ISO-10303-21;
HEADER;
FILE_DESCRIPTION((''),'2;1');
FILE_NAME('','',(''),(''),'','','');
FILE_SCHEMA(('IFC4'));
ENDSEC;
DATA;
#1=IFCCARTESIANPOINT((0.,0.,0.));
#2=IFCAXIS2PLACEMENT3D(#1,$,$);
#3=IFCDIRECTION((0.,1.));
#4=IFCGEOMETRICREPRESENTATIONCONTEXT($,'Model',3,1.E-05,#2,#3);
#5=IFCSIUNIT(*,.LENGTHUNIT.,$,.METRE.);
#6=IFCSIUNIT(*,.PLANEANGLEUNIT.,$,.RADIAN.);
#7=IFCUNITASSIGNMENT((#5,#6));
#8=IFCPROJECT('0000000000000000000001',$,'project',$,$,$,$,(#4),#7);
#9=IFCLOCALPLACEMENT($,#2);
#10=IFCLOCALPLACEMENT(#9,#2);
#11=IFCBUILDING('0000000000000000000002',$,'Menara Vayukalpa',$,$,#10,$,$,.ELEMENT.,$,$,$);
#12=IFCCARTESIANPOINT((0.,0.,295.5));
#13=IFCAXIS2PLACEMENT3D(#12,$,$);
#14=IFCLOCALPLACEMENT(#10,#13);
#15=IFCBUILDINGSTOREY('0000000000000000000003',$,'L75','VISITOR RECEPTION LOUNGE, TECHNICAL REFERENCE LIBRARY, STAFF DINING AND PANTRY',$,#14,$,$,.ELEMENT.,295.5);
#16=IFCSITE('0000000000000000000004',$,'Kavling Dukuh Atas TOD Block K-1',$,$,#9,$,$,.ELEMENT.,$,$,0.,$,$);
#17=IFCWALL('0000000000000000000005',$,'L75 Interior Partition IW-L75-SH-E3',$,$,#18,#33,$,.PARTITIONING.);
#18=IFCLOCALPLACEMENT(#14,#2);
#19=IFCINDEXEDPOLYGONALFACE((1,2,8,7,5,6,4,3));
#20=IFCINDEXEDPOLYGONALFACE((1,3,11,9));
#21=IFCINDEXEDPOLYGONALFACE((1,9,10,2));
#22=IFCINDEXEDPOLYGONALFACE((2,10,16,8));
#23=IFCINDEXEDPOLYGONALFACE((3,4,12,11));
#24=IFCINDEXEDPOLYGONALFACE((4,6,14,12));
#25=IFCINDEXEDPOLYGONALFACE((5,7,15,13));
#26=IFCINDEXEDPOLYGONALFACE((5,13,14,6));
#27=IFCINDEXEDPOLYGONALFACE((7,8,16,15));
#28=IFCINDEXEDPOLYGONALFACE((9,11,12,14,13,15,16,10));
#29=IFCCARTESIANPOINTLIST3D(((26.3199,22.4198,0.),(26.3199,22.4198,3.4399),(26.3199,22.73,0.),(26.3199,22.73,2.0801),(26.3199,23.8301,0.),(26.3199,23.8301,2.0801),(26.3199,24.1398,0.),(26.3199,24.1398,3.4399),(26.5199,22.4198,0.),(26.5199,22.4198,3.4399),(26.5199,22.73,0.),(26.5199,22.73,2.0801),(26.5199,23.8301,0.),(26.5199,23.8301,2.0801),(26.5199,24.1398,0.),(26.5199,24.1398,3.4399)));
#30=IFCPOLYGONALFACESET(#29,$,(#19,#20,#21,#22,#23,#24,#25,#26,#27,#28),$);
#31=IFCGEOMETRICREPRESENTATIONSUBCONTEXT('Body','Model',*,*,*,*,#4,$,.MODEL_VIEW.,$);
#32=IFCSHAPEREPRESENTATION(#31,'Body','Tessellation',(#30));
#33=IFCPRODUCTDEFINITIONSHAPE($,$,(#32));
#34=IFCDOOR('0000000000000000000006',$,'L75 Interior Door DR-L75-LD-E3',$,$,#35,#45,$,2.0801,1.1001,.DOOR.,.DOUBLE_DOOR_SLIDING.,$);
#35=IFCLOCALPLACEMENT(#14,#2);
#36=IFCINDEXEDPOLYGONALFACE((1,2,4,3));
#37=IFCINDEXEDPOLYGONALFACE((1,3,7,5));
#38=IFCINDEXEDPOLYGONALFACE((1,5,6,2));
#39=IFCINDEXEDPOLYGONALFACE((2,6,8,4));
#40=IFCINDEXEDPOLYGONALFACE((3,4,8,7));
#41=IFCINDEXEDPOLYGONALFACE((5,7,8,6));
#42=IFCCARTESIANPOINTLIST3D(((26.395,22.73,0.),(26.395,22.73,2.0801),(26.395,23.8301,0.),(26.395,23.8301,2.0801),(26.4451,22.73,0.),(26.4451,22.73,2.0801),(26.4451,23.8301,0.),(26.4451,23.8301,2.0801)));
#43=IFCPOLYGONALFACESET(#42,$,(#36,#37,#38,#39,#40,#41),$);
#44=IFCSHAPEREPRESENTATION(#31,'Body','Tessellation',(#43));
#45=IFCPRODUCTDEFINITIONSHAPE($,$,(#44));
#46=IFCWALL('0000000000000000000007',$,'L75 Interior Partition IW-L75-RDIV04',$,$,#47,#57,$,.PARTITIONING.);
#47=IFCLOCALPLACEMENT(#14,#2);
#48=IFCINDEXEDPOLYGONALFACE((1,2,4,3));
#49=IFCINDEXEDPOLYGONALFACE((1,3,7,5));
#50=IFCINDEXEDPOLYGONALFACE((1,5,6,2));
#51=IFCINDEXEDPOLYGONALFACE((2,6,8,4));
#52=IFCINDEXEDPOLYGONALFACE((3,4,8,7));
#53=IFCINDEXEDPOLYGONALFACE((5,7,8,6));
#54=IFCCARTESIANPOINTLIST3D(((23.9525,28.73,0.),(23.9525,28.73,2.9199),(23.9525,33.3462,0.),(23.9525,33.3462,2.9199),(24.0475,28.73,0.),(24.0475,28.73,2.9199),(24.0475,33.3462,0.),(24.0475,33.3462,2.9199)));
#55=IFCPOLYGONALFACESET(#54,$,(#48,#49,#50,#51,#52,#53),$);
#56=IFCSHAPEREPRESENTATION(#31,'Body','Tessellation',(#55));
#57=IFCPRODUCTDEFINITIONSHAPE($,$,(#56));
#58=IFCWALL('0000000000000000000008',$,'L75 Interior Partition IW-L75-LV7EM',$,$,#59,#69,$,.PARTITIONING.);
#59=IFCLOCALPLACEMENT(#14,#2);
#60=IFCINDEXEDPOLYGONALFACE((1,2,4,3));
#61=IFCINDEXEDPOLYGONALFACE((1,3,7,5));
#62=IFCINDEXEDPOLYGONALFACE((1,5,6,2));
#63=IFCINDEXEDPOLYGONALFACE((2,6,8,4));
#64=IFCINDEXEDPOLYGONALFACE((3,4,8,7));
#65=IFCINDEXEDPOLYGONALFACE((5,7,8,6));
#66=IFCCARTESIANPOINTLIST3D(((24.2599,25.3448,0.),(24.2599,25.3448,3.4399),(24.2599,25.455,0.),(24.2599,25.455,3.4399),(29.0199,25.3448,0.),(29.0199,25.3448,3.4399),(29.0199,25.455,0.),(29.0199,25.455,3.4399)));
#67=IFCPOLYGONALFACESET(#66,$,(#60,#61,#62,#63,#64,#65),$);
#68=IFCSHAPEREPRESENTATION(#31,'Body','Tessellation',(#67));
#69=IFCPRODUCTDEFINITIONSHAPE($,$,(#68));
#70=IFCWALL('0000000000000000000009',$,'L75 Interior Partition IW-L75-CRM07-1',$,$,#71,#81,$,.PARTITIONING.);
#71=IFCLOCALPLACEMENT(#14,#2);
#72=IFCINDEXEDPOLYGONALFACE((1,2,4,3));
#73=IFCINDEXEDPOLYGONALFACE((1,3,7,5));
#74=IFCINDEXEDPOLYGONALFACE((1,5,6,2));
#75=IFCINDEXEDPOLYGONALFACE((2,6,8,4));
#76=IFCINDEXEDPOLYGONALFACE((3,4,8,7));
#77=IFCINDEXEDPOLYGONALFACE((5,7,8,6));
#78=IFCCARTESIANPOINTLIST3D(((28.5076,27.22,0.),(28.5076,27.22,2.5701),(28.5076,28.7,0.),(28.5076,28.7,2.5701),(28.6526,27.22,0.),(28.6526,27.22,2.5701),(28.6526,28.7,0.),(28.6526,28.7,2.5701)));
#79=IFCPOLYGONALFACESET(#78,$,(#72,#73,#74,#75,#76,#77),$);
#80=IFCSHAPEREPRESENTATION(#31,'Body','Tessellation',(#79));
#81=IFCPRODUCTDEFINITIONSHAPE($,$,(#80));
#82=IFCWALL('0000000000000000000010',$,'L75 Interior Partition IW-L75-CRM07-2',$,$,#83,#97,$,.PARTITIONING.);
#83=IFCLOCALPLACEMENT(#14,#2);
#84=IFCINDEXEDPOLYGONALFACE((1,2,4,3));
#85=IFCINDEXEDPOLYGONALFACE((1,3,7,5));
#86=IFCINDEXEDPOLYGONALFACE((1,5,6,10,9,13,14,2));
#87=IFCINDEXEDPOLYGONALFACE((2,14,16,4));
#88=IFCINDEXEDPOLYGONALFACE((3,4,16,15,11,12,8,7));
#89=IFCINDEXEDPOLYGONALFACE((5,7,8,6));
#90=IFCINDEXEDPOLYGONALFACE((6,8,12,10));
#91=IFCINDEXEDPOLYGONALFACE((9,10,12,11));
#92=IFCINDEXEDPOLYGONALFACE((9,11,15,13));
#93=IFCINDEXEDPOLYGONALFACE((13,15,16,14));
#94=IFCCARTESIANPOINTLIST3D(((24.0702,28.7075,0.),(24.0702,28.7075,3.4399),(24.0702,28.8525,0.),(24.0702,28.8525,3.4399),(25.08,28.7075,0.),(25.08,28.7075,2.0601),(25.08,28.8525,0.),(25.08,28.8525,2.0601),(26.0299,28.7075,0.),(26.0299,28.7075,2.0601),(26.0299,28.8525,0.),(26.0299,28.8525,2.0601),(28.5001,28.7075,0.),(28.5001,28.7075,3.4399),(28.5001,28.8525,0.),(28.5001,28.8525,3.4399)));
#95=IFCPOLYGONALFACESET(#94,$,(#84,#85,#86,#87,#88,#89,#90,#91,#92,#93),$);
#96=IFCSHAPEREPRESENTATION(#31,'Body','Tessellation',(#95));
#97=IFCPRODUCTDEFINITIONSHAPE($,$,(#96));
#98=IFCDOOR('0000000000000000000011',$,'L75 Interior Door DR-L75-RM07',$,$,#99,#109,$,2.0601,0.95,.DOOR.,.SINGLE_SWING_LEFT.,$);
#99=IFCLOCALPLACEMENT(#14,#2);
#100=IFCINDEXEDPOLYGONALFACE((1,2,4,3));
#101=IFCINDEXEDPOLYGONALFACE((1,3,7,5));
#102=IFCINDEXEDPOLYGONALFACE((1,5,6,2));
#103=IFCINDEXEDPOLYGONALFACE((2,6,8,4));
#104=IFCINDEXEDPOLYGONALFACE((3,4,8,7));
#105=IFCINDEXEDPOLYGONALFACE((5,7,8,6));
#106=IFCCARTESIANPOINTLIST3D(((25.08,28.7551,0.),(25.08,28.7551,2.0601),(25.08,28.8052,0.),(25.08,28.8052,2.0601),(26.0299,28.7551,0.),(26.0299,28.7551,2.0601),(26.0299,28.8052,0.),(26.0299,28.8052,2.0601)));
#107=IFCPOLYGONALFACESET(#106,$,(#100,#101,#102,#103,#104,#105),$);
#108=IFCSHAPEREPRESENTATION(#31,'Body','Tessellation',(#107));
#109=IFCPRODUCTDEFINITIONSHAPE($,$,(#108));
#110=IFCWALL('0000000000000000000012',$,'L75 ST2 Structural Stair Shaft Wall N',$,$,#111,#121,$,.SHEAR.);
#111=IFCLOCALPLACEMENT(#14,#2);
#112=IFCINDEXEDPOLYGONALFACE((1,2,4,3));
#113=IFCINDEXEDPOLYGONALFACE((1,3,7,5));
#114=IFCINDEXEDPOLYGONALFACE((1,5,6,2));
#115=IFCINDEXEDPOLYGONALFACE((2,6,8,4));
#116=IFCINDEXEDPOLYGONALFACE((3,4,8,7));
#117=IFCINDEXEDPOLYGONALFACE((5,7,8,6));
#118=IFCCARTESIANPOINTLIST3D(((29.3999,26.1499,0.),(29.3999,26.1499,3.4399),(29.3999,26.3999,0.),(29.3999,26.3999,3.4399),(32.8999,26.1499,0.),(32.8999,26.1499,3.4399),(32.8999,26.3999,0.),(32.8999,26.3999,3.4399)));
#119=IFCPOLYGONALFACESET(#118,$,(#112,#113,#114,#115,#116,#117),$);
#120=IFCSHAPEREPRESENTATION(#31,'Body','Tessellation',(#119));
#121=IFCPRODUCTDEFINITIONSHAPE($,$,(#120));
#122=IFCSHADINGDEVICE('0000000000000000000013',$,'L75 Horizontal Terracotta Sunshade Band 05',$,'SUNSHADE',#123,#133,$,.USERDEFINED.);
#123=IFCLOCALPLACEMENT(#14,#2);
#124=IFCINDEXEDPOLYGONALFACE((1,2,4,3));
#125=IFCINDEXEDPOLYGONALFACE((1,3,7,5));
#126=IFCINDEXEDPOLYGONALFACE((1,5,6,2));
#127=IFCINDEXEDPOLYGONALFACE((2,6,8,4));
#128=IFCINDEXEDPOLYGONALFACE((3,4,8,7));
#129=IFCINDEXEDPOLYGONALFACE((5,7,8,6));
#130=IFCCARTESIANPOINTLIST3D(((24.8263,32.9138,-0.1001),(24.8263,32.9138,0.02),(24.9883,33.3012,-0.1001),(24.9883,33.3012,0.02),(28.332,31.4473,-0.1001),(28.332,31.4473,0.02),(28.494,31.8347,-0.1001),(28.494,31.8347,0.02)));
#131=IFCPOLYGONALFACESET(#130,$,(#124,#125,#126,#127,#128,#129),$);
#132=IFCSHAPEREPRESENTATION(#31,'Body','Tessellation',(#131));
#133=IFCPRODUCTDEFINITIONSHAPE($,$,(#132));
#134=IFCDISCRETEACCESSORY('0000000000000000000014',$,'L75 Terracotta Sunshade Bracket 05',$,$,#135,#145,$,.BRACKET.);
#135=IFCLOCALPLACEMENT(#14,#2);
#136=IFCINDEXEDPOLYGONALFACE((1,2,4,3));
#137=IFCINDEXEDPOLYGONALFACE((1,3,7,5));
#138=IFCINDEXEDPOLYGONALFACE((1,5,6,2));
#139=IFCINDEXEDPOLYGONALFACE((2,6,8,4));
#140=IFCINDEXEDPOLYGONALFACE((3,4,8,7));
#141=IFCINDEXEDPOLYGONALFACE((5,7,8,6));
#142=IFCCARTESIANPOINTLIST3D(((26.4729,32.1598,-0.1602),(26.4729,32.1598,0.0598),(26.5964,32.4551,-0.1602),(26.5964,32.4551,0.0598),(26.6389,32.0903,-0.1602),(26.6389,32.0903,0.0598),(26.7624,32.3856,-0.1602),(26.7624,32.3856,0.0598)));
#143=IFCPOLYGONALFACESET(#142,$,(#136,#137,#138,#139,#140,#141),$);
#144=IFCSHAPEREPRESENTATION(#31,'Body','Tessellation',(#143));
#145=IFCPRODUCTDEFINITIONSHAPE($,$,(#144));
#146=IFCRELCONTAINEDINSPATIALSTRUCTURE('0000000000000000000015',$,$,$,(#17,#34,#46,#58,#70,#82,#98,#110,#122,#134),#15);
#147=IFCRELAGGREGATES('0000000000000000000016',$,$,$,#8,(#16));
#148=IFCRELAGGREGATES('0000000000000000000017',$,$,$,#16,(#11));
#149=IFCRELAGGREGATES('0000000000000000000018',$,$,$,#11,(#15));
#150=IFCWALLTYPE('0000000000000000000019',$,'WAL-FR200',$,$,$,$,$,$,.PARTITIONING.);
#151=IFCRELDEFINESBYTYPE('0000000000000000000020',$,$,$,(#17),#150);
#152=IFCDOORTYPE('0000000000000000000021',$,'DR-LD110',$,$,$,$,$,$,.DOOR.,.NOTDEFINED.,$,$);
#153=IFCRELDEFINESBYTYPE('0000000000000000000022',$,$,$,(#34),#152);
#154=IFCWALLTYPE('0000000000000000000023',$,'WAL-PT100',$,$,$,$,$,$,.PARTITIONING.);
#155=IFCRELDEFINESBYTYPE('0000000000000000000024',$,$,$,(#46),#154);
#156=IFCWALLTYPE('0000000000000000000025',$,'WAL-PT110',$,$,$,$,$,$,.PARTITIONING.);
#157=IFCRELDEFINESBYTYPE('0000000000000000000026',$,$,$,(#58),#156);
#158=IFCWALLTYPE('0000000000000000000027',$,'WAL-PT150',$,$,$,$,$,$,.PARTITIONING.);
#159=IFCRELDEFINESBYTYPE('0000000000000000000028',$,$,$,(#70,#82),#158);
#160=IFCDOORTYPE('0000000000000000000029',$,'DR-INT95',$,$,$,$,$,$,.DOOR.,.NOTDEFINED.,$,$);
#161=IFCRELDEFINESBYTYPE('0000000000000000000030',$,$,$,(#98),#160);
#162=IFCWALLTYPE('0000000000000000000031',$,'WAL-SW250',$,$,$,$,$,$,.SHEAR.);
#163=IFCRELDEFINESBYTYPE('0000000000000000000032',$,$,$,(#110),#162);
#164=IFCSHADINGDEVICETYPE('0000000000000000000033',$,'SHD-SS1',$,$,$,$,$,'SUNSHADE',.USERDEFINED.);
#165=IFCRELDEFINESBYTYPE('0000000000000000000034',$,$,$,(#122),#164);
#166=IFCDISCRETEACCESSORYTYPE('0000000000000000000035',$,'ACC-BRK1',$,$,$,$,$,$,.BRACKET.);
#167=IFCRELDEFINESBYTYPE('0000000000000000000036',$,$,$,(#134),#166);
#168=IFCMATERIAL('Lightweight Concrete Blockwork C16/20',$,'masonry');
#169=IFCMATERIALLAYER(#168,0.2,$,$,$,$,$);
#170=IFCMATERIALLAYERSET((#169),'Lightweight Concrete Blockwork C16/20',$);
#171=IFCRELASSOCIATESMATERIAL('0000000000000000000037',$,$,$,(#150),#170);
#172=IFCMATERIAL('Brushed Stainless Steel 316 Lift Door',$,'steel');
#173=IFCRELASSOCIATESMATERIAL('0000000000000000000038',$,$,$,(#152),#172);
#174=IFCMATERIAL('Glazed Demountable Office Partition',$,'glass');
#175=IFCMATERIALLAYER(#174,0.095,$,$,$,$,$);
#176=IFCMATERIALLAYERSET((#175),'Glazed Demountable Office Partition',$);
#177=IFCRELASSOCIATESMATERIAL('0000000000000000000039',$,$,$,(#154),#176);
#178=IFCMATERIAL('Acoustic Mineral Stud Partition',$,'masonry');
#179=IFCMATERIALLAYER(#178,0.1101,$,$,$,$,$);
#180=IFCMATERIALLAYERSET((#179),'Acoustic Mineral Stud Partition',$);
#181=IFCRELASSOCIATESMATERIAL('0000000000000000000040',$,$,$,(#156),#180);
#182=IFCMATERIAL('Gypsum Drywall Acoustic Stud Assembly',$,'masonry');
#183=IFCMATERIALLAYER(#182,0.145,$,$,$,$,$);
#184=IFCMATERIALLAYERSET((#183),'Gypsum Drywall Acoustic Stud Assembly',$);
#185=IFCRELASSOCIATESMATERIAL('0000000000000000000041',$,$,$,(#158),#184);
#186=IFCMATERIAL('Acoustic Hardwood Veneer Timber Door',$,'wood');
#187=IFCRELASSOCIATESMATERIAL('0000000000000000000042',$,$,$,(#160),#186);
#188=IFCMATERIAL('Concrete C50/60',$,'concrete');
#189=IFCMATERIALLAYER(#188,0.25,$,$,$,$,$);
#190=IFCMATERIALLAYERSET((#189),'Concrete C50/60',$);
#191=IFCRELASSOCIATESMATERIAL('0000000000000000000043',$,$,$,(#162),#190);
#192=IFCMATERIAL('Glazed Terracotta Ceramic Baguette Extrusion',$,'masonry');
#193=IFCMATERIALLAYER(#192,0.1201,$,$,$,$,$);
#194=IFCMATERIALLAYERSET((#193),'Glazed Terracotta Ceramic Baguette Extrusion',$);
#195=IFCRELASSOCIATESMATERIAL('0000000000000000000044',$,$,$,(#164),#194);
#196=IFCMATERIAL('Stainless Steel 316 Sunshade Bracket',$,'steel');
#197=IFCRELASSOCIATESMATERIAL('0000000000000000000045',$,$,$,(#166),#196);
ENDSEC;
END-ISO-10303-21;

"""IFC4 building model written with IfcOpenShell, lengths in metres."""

from ifc_helpers import new_model, si_unit, direction, frame, frame_2d, origin, origin_2d, place, context, subcontext, project, spatial, rectangle, extrude, material, layer, layer_set, type_object, element, fill, save


model = new_model("IFC4")

# Units and contexts
model_context = context("Model", 3, precision=1e-05, world=origin(), true_north=direction((0.0, 1.0)))
body_context = subcontext(model_context, "Body", "Model", "MODEL_VIEW")
ifc_project = project(units=[si_unit("LENGTHUNIT", "METRE"), si_unit("PLANEANGLEUNIT", "RADIAN")], contexts=[model_context])

# Site, building, storey
site_placement = place(None, origin())
site = spatial("IfcSite", under=ifc_project, at=site_placement, Name="Kavling Dukuh Atas TOD Block K-1", CompositionType="ELEMENT", RefElevation=0.0)
building_placement = place(site_placement, origin())
building = spatial("IfcBuilding", under=site, at=building_placement, Name="Menara Vayukalpa", CompositionType="ELEMENT")
storey_placement = place(building_placement, frame((0.0, 0.0, 295.5)))
storey = spatial("IfcBuildingStorey", under=building, at=storey_placement, Name="L75", Description="VISITOR RECEPTION LOUNGE, TECHNICAL REFERENCE LIBRARY, STAFF DINING AND PANTRY", CompositionType="ELEMENT", Elevation=295.5)

# Wall, opening, door
ifc_material_1 = material(Name="Lightweight Concrete Blockwork C16/20", Category="masonry")
ifc_layer_1 = layer(ifc_material_1, 0.2)
ifc_layer_set_1 = layer_set([ifc_layer_1], Name="Lightweight Concrete Blockwork C16/20")
wall_type_1 = type_object("IfcWallType", Name="WAL-FR200", PredefinedType="PARTITIONING", material=ifc_layer_set_1)
wall_1_placement = place(storey_placement, frame((26.4199, 22.4199, 0.0), z_axis=(0.0, 0.0, 1.0), x_axis=(0.0, 1.0, 0.0)))
wall_1 = element("IfcWall", 1, at=wall_1_placement, inside=storey, type_object=wall_type_1, Name="L75 Interior Partition IW-L75-SH-E3", PredefinedType="PARTITIONING", context=body_context, shape_type="SweptSolid", body=[
    extrude(rectangle(XDim=1.72, YDim=0.2, at=frame_2d((0.8599, 0.0))), origin(), (0.0, 0.0, 1.0), 3.4399),
])
opening_1_placement = place(wall_1_placement, frame((0.3101, 0.0, 0.0)))
opening_1 = element("IfcOpeningElement", 2, at=opening_1_placement, cuts=wall_1, PredefinedType="OPENING", context=body_context, shape_type="SweptSolid", body=[
    extrude(rectangle(XDim=1.1001, YDim=2.0801, at=frame_2d((0.55, 1.04))), frame((0.0, 0.1099, 0.0), z_axis=(0.0, -1.0, 0.0), x_axis=(1.0, 0.0, 0.0)), (0.0, 0.0, 1.0), 0.22),
])
ifc_material_2 = material(Name="Brushed Stainless Steel 316 Lift Door", Category="steel")
door_type_1 = type_object("IfcDoorType", Name="DR-LD110", OperationType="NOTDEFINED", PredefinedType="DOOR", material=ifc_material_2)
door_1_placement = place(opening_1_placement, origin())
door_1 = element("IfcDoor", 3, at=door_1_placement, inside=storey, type_object=door_type_1, Name="L75 Interior Door DR-L75-LD-E3", OperationType="DOUBLE_DOOR_SLIDING", OverallHeight=2.0801, OverallWidth=1.1001, PredefinedType="DOOR", context=body_context, shape_type="SweptSolid", body=[
    extrude(rectangle(XDim=1.1001, YDim=2.0801, at=frame_2d((0.55, 1.04))), frame((0.0, 0.0249, 0.0), z_axis=(0.0, -1.0, 0.0), x_axis=(1.0, 0.0, 0.0)), (0.0, 0.0, 1.0), 0.05),
])
fill(opening_1, door_1)

# Walls
ifc_material_3 = material(Name="Glazed Demountable Office Partition", Category="glass")
ifc_layer_2 = layer(ifc_material_3, 0.095)
ifc_layer_set_2 = layer_set([ifc_layer_2], Name="Glazed Demountable Office Partition")
wall_type_2 = type_object("IfcWallType", Name="WAL-PT100", PredefinedType="PARTITIONING", material=ifc_layer_set_2)
wall_2_placement = place(storey_placement, frame((24.0, 28.73, 0.0), z_axis=(0.0, 0.0, 1.0), x_axis=(0.0, 1.0, 0.0)))
element("IfcWall", 4, at=wall_2_placement, inside=storey, type_object=wall_type_2, Name="L75 Interior Partition IW-L75-RDIV04", PredefinedType="PARTITIONING", context=body_context, shape_type="SweptSolid", body=[
    extrude(rectangle(XDim=4.6162, YDim=0.095, at=frame_2d((2.3081, 0.0))), origin(), (0.0, 0.0, 1.0), 2.9199),
])
ifc_material_4 = material(Name="Acoustic Mineral Stud Partition", Category="masonry")
ifc_layer_3 = layer(ifc_material_4, 0.1101)
ifc_layer_set_3 = layer_set([ifc_layer_3], Name="Acoustic Mineral Stud Partition")
wall_type_3 = type_object("IfcWallType", Name="WAL-PT110", PredefinedType="PARTITIONING", material=ifc_layer_set_3)
wall_3_placement = place(storey_placement, frame((24.26, 25.3999, 0.0), z_axis=(0.0, 0.0, 1.0), x_axis=(1.0, 0.0, 0.0)))
element("IfcWall", 5, at=wall_3_placement, inside=storey, type_object=wall_type_3, Name="L75 Interior Partition IW-L75-LV7EM", PredefinedType="PARTITIONING", context=body_context, shape_type="SweptSolid", body=[
    extrude(rectangle(XDim=4.76, YDim=0.1101, at=frame_2d((2.3799, 0.0))), origin(), (0.0, 0.0, 1.0), 3.4399),
])
ifc_material_5 = material(Name="Gypsum Drywall Acoustic Stud Assembly", Category="masonry")
ifc_layer_4 = layer(ifc_material_5, 0.145)
ifc_layer_set_4 = layer_set([ifc_layer_4], Name="Gypsum Drywall Acoustic Stud Assembly")
wall_type_4 = type_object("IfcWallType", Name="WAL-PT150", PredefinedType="PARTITIONING", material=ifc_layer_set_4)
wall_4_placement = place(storey_placement, frame((28.5801, 27.22, 0.0), z_axis=(0.0, 0.0, 1.0), x_axis=(0.0, 1.0, 0.0)))
element("IfcWall", 6, at=wall_4_placement, inside=storey, type_object=wall_type_4, Name="L75 Interior Partition IW-L75-CRM07-1", PredefinedType="PARTITIONING", context=body_context, shape_type="SweptSolid", body=[
    extrude(rectangle(XDim=1.48, YDim=0.145, at=frame_2d((0.74, 0.0))), origin(), (0.0, 0.0, 1.0), 2.5701),
])

# Wall, opening, door
wall_5_placement = place(storey_placement, frame((28.5, 28.78, 0.0), z_axis=(0.0, 0.0, 1.0), x_axis=(-1.0, 0.0, 0.0)))
wall_5 = element("IfcWall", 7, at=wall_5_placement, inside=storey, type_object=wall_type_4, Name="L75 Interior Partition IW-L75-CRM07-2", PredefinedType="PARTITIONING", context=body_context, shape_type="SweptSolid", body=[
    extrude(rectangle(XDim=4.4299, YDim=0.145, at=frame_2d((2.2148, 0.0))), origin(), (0.0, 0.0, 1.0), 3.4399),
])
opening_2_placement = place(wall_5_placement, frame((2.47, 0.0, 0.0)))
opening_2 = element("IfcOpeningElement", 8, at=opening_2_placement, cuts=wall_5, PredefinedType="OPENING", context=body_context, shape_type="SweptSolid", body=[
    extrude(rectangle(XDim=0.95, YDim=2.0601, at=frame_2d((0.4751, 1.03))), frame((0.0, 0.0825, 0.0), z_axis=(0.0, -1.0, 0.0), x_axis=(1.0, 0.0, 0.0)), (0.0, 0.0, 1.0), 0.165),
])
ifc_material_6 = material(Name="Acoustic Hardwood Veneer Timber Door", Category="wood")
door_type_2 = type_object("IfcDoorType", Name="DR-INT95", OperationType="NOTDEFINED", PredefinedType="DOOR", material=ifc_material_6)
door_2_placement = place(opening_2_placement, origin())
door_2 = element("IfcDoor", 9, at=door_2_placement, inside=storey, type_object=door_type_2, Name="L75 Interior Door DR-L75-RM07", OperationType="SINGLE_SWING_LEFT", OverallHeight=2.0601, OverallWidth=0.95, PredefinedType="DOOR", context=body_context, shape_type="SweptSolid", body=[
    extrude(rectangle(XDim=0.95, YDim=2.0601, at=frame_2d((0.4751, 1.03))), frame((0.0, 0.0249, 0.0), z_axis=(0.0, -1.0, 0.0), x_axis=(1.0, 0.0, 0.0)), (0.0, 0.0, 1.0), 0.05),
])
fill(opening_2, door_2)

# Wall
ifc_material_7 = material(Name="Concrete C50/60", Category="concrete")
ifc_layer_5 = layer(ifc_material_7, 0.25)
ifc_layer_set_5 = layer_set([ifc_layer_5], Name="Concrete C50/60")
wall_type_5 = type_object("IfcWallType", Name="WAL-SW250", PredefinedType="SHEAR", material=ifc_layer_set_5)
wall_6_placement = place(storey_placement, frame((29.3999, 26.2749, 0.0), z_axis=(0.0, 0.0, 1.0), x_axis=(1.0, 0.0, 0.0)))
element("IfcWall", 10, at=wall_6_placement, inside=storey, type_object=wall_type_5, Name="L75 ST2 Structural Stair Shaft Wall N", PredefinedType="SHEAR", context=body_context, shape_type="SweptSolid", body=[
    extrude(rectangle(XDim=3.5, YDim=0.25, at=frame_2d((1.75, 0.0))), origin(), (0.0, 0.0, 1.0), 3.4399),
])

# Shading device
ifc_material_8 = material(Name="Glazed Terracotta Ceramic Baguette Extrusion", Category="masonry")
ifc_layer_6 = layer(ifc_material_8, 0.1201)
ifc_layer_set_6 = layer_set([ifc_layer_6], Name="Glazed Terracotta Ceramic Baguette Extrusion")
shading_device_type = type_object("IfcShadingDeviceType", Name="SHD-SS1", ElementType="SUNSHADE", PredefinedType="USERDEFINED", material=ifc_layer_set_6)
shading_device_placement = place(storey_placement, frame((26.6602, 32.3743, -0.1001), z_axis=(0.0, 0.0, 1.0), x_axis=(-0.922538, 0.385906, 0.0)))
element("IfcShadingDevice", 11, at=shading_device_placement, inside=storey, type_object=shading_device_type, Name="L75 Horizontal Terracotta Sunshade Band 05", ObjectType="SUNSHADE", PredefinedType="USERDEFINED", context=body_context, shape_type="SweptSolid", body=[
    extrude(rectangle(XDim=3.8, YDim=0.4199, at=origin_2d()), origin(), (0.0, 0.0, 1.0), 0.1201),
])

# Discrete accessory
ifc_material_9 = material(Name="Stainless Steel 316 Sunshade Bracket", Category="steel")
discrete_accessory_type = type_object("IfcDiscreteAccessoryType", Name="ACC-BRK1", PredefinedType="BRACKET", material=ifc_material_9)
discrete_accessory_placement = place(storey_placement, frame((26.6177, 32.2727, -0.1602), z_axis=(0.0, 0.0, 1.0), x_axis=(-0.922538, 0.385906, 0.0)))
element("IfcDiscreteAccessory", 12, at=discrete_accessory_placement, inside=storey, type_object=discrete_accessory_type, Name="L75 Terracotta Sunshade Bracket 05", PredefinedType="BRACKET", context=body_context, shape_type="SweptSolid", body=[
    extrude(rectangle(XDim=0.1799, YDim=0.3201, at=origin_2d()), origin(), (0.0, 0.0, 1.0), 0.22),
])

save(model, "model.ifc")
